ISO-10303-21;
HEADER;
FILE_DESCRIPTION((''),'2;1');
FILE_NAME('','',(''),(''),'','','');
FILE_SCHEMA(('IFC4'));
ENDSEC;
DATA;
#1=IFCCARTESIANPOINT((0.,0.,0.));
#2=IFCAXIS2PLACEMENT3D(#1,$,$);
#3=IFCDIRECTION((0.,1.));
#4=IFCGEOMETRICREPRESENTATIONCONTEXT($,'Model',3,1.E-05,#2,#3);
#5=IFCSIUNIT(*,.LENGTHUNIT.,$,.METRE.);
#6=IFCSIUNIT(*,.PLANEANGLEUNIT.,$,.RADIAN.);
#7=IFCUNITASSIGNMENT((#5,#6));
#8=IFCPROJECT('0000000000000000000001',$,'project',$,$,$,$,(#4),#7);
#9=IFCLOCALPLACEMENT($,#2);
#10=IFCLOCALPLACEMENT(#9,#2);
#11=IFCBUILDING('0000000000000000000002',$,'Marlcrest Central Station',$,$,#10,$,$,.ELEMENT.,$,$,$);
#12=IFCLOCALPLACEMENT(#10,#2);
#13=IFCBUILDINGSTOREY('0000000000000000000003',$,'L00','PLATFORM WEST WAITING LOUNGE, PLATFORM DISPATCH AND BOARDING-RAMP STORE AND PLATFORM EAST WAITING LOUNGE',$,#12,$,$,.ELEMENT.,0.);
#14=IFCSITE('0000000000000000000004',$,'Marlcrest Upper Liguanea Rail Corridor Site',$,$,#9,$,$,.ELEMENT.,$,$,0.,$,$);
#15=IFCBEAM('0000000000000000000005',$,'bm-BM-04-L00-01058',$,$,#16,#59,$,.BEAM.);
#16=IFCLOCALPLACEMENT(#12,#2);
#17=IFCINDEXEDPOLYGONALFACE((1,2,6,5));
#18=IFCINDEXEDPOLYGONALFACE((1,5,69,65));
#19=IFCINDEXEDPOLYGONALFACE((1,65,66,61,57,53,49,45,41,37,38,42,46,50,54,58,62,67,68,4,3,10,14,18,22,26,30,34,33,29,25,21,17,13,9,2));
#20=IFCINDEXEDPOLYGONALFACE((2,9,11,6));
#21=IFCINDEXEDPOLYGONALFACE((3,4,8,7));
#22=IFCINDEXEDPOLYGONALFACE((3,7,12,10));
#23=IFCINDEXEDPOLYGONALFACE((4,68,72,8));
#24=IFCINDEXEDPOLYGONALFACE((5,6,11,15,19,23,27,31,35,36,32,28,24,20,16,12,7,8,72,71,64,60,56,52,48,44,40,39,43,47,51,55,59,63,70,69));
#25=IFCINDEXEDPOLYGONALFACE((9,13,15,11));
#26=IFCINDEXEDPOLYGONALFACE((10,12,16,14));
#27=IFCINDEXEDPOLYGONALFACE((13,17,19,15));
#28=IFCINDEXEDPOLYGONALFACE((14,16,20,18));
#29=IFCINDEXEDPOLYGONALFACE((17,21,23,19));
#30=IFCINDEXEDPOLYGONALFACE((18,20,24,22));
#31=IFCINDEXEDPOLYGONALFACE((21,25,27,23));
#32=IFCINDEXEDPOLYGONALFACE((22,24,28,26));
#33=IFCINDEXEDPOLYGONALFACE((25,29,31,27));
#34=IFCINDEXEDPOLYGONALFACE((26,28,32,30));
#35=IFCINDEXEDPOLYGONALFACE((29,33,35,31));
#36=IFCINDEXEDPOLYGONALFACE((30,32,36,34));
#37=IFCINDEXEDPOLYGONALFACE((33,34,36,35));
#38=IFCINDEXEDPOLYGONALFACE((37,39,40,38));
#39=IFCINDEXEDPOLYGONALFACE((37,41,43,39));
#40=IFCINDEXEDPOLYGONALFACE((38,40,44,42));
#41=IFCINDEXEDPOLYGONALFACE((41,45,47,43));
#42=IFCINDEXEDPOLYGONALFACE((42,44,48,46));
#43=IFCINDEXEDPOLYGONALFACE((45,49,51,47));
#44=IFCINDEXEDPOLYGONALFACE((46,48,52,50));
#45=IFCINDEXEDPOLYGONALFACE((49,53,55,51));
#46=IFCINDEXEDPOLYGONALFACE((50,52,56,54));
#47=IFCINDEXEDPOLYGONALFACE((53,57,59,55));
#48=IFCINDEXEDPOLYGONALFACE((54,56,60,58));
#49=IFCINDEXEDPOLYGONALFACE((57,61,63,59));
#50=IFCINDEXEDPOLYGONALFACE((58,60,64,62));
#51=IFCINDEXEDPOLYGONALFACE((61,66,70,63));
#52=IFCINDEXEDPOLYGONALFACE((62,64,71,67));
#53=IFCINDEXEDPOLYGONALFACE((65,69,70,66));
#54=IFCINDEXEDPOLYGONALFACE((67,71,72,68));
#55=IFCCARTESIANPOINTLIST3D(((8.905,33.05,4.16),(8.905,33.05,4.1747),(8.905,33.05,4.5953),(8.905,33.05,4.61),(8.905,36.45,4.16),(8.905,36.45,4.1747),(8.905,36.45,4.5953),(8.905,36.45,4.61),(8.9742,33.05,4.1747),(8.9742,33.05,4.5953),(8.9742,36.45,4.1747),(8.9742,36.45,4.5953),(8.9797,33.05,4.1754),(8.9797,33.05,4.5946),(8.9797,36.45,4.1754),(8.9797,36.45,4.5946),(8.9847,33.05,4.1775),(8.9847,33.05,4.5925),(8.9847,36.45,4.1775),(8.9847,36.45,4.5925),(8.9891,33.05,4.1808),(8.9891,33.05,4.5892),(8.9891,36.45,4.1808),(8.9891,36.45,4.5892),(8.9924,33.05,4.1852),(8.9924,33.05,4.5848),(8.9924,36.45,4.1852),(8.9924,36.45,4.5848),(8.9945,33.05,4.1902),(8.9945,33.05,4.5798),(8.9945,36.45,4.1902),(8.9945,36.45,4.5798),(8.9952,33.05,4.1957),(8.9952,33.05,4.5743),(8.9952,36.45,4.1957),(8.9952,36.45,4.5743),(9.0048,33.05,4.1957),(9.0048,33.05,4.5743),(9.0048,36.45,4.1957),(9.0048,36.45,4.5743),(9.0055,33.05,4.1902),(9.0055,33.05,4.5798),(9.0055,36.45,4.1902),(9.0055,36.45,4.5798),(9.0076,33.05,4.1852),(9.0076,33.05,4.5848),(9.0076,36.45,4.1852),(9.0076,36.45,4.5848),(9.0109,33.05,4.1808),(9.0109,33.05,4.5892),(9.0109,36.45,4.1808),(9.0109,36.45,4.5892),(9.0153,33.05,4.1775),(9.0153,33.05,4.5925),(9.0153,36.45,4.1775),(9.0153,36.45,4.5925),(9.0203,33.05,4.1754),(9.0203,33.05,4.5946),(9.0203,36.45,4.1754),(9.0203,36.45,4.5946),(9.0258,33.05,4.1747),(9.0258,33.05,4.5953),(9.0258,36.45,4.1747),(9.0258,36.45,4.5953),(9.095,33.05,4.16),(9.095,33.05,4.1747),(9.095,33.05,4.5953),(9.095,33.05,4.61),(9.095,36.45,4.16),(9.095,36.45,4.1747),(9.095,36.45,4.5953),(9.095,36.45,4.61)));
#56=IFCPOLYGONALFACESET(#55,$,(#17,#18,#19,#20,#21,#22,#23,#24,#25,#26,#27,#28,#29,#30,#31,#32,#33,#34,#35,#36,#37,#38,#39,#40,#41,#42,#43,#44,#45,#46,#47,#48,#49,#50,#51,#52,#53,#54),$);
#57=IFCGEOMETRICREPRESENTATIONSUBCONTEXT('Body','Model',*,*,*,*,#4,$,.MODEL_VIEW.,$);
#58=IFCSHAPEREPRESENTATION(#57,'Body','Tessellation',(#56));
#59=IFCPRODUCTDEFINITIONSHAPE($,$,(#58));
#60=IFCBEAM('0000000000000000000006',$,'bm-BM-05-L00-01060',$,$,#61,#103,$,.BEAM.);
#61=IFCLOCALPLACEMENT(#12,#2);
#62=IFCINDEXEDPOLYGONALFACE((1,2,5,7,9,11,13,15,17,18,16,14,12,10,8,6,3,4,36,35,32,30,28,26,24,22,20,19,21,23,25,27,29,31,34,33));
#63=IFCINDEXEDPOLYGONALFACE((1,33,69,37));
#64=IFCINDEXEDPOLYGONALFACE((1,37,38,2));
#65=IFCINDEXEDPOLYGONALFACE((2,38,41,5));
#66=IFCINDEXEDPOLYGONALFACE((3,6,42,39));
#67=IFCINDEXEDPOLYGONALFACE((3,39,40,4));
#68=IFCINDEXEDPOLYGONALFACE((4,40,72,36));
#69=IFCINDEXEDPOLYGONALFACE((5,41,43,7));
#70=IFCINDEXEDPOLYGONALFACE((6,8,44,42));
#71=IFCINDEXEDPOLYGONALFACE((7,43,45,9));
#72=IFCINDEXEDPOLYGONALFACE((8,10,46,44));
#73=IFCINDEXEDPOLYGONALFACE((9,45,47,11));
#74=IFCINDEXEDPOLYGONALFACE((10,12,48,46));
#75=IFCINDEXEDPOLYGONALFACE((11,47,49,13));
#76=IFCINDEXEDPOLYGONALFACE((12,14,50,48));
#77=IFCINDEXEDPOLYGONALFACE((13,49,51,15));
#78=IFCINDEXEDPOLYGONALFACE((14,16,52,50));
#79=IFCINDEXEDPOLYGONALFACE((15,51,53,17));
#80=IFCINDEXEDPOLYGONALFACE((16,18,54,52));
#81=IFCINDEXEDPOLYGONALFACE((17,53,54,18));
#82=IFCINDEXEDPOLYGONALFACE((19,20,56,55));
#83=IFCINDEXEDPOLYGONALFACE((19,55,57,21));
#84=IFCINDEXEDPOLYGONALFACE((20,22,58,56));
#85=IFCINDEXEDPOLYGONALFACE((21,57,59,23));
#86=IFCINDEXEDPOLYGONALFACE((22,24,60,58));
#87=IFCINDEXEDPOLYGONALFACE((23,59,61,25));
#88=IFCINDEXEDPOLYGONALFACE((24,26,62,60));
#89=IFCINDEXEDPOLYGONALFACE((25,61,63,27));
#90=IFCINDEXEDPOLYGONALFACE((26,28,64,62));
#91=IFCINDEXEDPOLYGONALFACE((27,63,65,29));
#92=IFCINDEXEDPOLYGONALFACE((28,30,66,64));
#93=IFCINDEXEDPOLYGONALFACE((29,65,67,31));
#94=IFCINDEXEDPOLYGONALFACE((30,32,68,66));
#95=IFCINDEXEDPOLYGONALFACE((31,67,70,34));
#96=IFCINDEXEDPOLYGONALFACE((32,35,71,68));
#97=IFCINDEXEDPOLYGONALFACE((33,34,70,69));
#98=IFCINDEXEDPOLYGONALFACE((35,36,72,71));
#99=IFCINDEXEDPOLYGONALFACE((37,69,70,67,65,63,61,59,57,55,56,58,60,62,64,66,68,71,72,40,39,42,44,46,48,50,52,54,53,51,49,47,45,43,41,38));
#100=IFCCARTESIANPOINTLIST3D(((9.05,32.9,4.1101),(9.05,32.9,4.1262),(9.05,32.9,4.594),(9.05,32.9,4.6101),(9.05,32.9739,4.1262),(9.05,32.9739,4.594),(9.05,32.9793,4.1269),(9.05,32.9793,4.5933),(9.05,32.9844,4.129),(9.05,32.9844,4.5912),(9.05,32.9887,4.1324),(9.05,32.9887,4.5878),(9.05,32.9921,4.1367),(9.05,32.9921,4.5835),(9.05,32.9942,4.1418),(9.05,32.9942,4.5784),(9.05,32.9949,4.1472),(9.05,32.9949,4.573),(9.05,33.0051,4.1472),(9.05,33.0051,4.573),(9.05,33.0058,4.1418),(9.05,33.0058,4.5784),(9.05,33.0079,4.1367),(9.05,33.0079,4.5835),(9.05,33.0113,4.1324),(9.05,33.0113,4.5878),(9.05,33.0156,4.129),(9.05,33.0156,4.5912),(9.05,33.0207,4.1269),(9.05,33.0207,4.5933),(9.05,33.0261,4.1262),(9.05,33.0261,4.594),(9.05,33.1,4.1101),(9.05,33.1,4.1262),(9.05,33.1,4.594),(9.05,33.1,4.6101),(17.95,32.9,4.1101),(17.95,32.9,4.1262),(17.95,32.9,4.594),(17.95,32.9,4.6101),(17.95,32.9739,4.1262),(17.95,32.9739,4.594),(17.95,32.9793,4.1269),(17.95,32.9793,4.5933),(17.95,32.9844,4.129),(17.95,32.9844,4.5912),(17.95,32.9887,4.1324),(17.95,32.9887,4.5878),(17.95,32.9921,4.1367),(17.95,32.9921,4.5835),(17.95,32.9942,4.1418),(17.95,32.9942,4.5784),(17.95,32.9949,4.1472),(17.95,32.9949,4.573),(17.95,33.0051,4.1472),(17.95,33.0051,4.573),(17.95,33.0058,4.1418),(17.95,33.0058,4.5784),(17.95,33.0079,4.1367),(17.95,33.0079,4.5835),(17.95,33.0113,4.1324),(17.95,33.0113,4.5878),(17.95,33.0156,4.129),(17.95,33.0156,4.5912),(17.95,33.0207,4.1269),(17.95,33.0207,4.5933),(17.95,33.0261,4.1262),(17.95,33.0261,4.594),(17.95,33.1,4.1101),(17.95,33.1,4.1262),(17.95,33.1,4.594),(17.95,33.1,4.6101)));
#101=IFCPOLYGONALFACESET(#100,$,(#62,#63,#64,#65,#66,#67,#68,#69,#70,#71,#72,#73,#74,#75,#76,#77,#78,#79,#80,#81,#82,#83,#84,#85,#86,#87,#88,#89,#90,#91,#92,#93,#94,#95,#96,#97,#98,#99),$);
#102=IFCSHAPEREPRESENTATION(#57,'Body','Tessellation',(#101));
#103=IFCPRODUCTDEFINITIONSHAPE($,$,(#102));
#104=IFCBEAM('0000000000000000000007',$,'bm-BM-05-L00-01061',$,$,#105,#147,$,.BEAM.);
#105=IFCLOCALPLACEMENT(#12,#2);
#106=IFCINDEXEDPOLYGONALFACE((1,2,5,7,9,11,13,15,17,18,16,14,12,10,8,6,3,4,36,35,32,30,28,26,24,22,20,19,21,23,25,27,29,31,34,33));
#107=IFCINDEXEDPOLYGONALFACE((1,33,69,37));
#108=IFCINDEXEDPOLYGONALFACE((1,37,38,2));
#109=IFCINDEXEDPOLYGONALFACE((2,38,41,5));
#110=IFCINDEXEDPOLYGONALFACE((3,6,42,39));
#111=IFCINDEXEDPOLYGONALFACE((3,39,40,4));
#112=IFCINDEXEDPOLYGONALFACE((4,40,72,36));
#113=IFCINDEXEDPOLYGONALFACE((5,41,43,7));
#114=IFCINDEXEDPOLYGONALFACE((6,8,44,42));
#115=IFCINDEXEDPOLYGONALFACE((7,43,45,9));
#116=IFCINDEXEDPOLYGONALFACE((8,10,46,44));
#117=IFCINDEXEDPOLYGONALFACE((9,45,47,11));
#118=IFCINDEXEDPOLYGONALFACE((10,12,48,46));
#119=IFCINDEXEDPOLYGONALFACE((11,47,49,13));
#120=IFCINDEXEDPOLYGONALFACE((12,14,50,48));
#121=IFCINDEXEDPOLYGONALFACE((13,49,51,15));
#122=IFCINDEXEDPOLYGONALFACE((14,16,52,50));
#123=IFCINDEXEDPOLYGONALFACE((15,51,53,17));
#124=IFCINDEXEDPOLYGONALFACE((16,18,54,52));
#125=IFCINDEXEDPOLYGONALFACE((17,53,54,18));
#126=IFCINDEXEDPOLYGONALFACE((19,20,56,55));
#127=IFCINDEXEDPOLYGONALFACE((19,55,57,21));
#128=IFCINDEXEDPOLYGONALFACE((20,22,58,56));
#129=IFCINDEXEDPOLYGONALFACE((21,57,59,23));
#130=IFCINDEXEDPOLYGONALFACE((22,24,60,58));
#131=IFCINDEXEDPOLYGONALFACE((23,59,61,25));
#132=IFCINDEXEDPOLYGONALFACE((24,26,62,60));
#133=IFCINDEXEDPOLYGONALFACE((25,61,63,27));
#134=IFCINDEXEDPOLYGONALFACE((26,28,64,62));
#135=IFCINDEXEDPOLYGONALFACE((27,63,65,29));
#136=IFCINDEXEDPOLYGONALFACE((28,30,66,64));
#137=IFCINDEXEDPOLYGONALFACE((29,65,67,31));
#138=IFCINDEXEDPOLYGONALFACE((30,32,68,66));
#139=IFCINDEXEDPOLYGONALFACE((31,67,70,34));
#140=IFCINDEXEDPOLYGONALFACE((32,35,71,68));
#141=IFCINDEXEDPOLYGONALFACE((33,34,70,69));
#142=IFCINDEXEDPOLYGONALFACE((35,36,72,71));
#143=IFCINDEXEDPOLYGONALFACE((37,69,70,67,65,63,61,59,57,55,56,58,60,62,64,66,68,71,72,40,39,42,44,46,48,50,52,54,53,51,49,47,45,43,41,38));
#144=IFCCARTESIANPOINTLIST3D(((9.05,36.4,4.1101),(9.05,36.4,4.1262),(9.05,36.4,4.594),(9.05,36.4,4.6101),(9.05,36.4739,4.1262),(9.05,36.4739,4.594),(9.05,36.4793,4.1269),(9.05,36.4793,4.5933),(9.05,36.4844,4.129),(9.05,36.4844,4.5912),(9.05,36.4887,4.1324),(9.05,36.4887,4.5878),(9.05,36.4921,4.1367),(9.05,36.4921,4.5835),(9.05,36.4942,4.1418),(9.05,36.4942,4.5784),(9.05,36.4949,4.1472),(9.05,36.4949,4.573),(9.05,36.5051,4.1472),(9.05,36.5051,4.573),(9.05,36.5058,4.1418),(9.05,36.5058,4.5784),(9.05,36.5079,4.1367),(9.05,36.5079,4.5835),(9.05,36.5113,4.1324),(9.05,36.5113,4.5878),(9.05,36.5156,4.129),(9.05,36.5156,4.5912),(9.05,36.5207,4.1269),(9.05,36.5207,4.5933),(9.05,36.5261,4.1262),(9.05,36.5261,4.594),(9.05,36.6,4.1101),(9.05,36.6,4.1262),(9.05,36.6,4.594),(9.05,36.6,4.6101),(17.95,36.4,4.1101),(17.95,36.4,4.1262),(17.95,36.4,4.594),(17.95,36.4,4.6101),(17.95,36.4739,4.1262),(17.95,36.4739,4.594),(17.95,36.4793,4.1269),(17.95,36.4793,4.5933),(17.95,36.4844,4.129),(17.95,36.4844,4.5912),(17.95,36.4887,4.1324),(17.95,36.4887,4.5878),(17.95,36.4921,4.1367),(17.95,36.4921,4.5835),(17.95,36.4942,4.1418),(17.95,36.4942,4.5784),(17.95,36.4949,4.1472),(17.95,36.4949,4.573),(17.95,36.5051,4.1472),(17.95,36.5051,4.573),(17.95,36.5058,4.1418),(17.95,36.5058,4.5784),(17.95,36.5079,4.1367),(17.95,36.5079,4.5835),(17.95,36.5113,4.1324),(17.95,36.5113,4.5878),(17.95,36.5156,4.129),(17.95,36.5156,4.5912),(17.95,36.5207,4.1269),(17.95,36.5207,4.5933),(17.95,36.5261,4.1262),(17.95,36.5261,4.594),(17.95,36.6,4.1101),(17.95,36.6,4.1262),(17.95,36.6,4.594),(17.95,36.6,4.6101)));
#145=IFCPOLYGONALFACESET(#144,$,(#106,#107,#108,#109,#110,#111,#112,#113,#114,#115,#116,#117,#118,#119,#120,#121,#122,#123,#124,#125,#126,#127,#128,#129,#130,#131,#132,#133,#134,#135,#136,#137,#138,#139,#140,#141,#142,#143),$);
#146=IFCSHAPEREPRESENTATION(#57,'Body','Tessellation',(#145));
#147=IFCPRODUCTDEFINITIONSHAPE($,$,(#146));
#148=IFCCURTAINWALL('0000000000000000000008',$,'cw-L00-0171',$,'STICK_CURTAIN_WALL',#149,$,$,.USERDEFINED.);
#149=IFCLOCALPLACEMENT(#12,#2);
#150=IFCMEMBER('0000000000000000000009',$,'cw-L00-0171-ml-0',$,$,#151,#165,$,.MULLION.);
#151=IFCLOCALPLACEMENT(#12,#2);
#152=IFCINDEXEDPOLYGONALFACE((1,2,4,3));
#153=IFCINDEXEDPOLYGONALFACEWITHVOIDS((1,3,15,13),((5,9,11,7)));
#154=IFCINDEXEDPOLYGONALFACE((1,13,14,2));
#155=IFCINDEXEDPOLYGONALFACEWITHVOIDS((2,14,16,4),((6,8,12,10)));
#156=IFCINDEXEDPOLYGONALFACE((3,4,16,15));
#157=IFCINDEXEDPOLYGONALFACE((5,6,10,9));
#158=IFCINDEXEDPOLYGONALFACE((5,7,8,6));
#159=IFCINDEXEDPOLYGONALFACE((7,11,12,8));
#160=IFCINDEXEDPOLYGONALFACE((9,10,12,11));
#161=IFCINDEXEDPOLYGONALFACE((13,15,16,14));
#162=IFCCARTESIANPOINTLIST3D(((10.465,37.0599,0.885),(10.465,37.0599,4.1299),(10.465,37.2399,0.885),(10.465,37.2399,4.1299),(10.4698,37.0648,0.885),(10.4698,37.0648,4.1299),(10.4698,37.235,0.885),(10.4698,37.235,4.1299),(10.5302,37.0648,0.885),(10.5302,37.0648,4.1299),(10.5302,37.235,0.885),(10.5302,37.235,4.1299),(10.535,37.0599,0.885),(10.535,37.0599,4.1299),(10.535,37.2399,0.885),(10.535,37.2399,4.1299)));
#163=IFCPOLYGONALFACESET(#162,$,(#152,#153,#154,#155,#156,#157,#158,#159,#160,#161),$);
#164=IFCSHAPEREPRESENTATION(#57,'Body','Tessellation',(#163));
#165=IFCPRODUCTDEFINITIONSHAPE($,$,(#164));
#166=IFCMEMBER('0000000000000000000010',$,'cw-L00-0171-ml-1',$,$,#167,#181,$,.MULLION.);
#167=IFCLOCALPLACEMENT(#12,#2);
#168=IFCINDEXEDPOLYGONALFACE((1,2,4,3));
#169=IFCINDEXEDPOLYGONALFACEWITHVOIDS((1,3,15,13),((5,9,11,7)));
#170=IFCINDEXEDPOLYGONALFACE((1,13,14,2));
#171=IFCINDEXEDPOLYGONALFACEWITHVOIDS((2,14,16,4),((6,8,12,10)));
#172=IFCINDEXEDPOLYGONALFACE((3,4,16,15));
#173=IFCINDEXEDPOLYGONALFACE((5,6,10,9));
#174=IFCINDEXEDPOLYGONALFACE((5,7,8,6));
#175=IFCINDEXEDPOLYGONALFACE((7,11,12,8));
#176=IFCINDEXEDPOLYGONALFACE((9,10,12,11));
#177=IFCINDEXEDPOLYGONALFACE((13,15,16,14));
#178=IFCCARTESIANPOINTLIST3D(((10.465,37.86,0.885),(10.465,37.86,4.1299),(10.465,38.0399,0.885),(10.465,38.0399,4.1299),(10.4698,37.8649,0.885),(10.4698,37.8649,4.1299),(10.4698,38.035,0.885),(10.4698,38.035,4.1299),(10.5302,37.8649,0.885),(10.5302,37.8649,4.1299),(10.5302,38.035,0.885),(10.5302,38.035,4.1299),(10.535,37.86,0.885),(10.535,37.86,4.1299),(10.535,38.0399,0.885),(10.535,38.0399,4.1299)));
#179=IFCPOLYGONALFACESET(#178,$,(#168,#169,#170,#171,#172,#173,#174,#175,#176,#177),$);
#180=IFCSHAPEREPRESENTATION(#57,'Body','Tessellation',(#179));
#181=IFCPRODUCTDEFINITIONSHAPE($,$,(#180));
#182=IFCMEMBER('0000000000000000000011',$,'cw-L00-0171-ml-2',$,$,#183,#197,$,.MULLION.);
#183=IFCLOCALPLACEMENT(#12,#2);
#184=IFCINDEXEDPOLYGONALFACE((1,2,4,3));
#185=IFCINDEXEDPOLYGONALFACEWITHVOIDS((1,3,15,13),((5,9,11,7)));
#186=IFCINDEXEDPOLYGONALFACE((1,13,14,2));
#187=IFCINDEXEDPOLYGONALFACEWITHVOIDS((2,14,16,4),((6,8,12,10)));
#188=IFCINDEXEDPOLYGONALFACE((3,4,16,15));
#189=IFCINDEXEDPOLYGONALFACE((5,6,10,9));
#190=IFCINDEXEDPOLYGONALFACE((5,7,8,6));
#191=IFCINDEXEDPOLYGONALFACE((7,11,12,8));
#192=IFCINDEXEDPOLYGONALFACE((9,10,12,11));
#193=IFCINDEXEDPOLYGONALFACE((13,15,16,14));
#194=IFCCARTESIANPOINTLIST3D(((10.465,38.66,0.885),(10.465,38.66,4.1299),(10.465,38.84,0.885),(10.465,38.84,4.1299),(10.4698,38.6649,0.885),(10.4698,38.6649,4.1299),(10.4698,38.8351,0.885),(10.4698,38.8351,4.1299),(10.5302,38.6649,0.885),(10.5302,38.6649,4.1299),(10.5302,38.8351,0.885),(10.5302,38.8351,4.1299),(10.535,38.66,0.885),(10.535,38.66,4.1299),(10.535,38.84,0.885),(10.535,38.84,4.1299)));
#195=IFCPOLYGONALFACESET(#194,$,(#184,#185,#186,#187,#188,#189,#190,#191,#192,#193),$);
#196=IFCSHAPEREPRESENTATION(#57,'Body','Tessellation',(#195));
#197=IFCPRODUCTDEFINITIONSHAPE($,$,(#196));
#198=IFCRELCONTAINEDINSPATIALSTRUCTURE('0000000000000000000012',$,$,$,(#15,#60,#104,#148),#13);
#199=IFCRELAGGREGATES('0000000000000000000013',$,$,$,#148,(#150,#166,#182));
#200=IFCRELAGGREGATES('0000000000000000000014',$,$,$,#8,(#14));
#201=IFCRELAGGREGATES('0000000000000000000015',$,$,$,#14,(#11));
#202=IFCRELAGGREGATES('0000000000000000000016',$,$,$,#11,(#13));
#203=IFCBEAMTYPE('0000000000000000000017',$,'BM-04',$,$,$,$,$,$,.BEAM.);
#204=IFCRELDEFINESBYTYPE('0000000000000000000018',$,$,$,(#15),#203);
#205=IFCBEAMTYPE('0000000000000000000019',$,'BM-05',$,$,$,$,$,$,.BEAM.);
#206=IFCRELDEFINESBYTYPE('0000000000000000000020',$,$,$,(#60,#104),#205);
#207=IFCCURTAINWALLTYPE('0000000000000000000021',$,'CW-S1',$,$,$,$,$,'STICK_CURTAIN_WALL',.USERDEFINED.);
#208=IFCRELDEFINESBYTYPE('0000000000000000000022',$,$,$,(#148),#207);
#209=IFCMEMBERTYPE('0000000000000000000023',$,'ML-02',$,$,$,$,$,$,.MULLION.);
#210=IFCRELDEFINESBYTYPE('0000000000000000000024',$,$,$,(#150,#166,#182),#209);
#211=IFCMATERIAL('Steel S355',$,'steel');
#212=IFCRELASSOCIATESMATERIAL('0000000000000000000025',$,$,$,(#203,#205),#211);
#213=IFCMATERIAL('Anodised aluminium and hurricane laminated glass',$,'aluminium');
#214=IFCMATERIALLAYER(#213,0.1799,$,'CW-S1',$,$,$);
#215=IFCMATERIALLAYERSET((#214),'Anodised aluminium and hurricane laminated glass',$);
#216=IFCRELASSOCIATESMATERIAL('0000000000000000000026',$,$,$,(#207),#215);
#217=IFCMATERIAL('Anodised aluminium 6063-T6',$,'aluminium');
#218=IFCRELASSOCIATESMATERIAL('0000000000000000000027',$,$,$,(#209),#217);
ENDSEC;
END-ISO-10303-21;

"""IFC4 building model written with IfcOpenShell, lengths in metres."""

from ifc_helpers import new_model, si_unit, direction, frame, origin, origin_2d, place, context, subcontext, project, spatial, hollow_rectangle, i_section, extrude, material, layer, layer_set, material_profile, profile_set, type_object, element, aggregate, save


model = new_model("IFC4")

# Units and contexts
model_context = context("Model", 3, precision=1e-05, world=origin(), true_north=direction((0.0, 1.0)))
body_context = subcontext(model_context, "Body", "Model", "MODEL_VIEW")
ifc_project = project(units=[si_unit("LENGTHUNIT", "METRE"), si_unit("PLANEANGLEUNIT", "RADIAN")], contexts=[model_context])

# Site, building, storey
site_placement = place(None, origin())
site = spatial("IfcSite", under=ifc_project, at=site_placement, Name="Marlcrest Upper Liguanea Rail Corridor Site", CompositionType="ELEMENT", RefElevation=0.0)
building_placement = place(site_placement, origin())
building = spatial("IfcBuilding", under=site, at=building_placement, Name="Marlcrest Central Station", CompositionType="ELEMENT")
storey_placement = place(building_placement, origin())
storey = spatial("IfcBuildingStorey", under=building, at=storey_placement, Name="L00", Description="PLATFORM WEST WAITING LOUNGE, PLATFORM DISPATCH AND BOARDING-RAMP STORE AND PLATFORM EAST WAITING LOUNGE", CompositionType="ELEMENT", Elevation=0.0)

# Beams
ifc_material_1 = material(Name="Steel S355", Category="steel")
ifc_material_profile_1 = material_profile(ifc_material_1, i_section(OverallWidth=0.1899, OverallDepth=0.45, WebThickness=0.0095, FlangeThickness=0.0146, FilletRadius=0.021, at=origin_2d()), Name="IPE 450")
ifc_profile_set_1 = profile_set([ifc_material_profile_1], Name="Steel S355")
beam_type_1 = type_object("IfcBeamType", Name="BM-04", PredefinedType="BEAM", material=ifc_profile_set_1)
beam_placement = place(storey_placement, frame((9.0, 33.05, 4.385), z_axis=(0.0, 1.0, 0.0), x_axis=(-1.0, 0.0, 0.0)))
element("IfcBeam", 1, at=beam_placement, inside=storey, type_object=beam_type_1, Name="bm-BM-04-L00-01058", PredefinedType="BEAM", context=body_context, shape_type="SweptSolid", body=[
    extrude(i_section(OverallWidth=0.1899, OverallDepth=0.45, WebThickness=0.0095, FlangeThickness=0.0146, FilletRadius=0.021, at=origin_2d()), origin(), (0.0, 0.0, 1.0), 3.3999),
])
ifc_material_profile_2 = material_profile(ifc_material_1, i_section(OverallWidth=0.2, OverallDepth=0.5, WebThickness=0.0103, FlangeThickness=0.0161, FilletRadius=0.021, at=origin_2d()), Name="IPE 500")
ifc_profile_set_2 = profile_set([ifc_material_profile_2], Name="Steel S355")
beam_type_2 = type_object("IfcBeamType", Name="BM-05", PredefinedType="BEAM", material=ifc_profile_set_2)
for number, where, z_axis, x_axis, name in (
    (2, (9.05, 33.0, 4.3601), (1.0, 0.0, 0.0), (0.0, 1.0, 0.0), "bm-BM-05-L00-01060"),
    (3, (9.05, 36.5, 4.3601), (1.0, 0.0, 0.0), (0.0, 1.0, 0.0), "bm-BM-05-L00-01061"),
):
    element("IfcBeam", number, at=place(storey_placement, frame(where, z_axis=z_axis, x_axis=x_axis)), inside=storey, type_object=beam_type_2, Name=name, PredefinedType="BEAM", context=body_context, shape_type="SweptSolid", body=[
        extrude(i_section(OverallWidth=0.2, OverallDepth=0.5, WebThickness=0.0103, FlangeThickness=0.0161, FilletRadius=0.021, at=origin_2d()), origin(), (0.0, 0.0, 1.0), 8.8999),
    ])

# Curtain wall, members
ifc_material_2 = material(Name="Anodised aluminium and hurricane laminated glass", Category="aluminium")
ifc_layer_1 = layer(ifc_material_2, 0.1799, Name="CW-S1")
ifc_layer_set_1 = layer_set([ifc_layer_1], Name="Anodised aluminium and hurricane laminated glass")
curtain_wall_type = type_object("IfcCurtainWallType", Name="CW-S1", ElementType="STICK_CURTAIN_WALL", PredefinedType="USERDEFINED", material=ifc_layer_set_1)
curtain_wall_1_placement = place(storey_placement, origin())
curtain_wall_1 = element("IfcCurtainWall", 4, at=curtain_wall_1_placement, inside=storey, type_object=curtain_wall_type, Name="cw-L00-0171", ObjectType="STICK_CURTAIN_WALL", PredefinedType="USERDEFINED")
ifc_material_3 = material(Name="Anodised aluminium 6063-T6", Category="aluminium")
ifc_material_profile_3 = material_profile(ifc_material_3, hollow_rectangle(XDim=0.0701, YDim=0.1799, WallThickness=0.0049, at=origin_2d()), Name="AA-RHS 180x70x5")
ifc_profile_set_3 = profile_set([ifc_material_profile_3], Name="Anodised aluminium 6063-T6")
member_type_1 = type_object("IfcMemberType", Name="ML-02", PredefinedType="MULLION", material=ifc_profile_set_3)
member_1_placement = place(storey_placement, frame((10.5, 37.1499, 0.885), z_axis=(0.0, 0.0, 1.0), x_axis=(1.0, 0.0, 0.0)))
member_1 = element("IfcMember", 5, at=member_1_placement, type_object=member_type_1, Name="cw-L00-0171-ml-0", PredefinedType="MULLION", context=body_context, shape_type="SweptSolid", body=[
    extrude(hollow_rectangle(XDim=0.0701, YDim=0.1799, WallThickness=0.0049, at=origin_2d()), origin(), (0.0, 0.0, 1.0), 3.2449),
])
member_2_placement = place(storey_placement, frame((10.5, 37.95, 0.885), z_axis=(0.0, 0.0, 1.0), x_axis=(1.0, 0.0, 0.0)))
member_2 = element("IfcMember", 6, at=member_2_placement, type_object=member_type_1, Name="cw-L00-0171-ml-1", PredefinedType="MULLION", context=body_context, shape_type="SweptSolid", body=[
    extrude(hollow_rectangle(XDim=0.0701, YDim=0.1799, WallThickness=0.0049, at=origin_2d()), origin(), (0.0, 0.0, 1.0), 3.2449),
])
member_3_placement = place(storey_placement, frame((10.5, 38.75, 0.885), z_axis=(0.0, 0.0, 1.0), x_axis=(1.0, 0.0, 0.0)))
member_3 = element("IfcMember", 7, at=member_3_placement, type_object=member_type_1, Name="cw-L00-0171-ml-2", PredefinedType="MULLION", context=body_context, shape_type="SweptSolid", body=[
    extrude(hollow_rectangle(XDim=0.0701, YDim=0.1799, WallThickness=0.0049, at=origin_2d()), origin(), (0.0, 0.0, 1.0), 3.2449),
])
aggregate(curtain_wall_1, [member_1, member_2, member_3])

save(model, "model.ifc")
